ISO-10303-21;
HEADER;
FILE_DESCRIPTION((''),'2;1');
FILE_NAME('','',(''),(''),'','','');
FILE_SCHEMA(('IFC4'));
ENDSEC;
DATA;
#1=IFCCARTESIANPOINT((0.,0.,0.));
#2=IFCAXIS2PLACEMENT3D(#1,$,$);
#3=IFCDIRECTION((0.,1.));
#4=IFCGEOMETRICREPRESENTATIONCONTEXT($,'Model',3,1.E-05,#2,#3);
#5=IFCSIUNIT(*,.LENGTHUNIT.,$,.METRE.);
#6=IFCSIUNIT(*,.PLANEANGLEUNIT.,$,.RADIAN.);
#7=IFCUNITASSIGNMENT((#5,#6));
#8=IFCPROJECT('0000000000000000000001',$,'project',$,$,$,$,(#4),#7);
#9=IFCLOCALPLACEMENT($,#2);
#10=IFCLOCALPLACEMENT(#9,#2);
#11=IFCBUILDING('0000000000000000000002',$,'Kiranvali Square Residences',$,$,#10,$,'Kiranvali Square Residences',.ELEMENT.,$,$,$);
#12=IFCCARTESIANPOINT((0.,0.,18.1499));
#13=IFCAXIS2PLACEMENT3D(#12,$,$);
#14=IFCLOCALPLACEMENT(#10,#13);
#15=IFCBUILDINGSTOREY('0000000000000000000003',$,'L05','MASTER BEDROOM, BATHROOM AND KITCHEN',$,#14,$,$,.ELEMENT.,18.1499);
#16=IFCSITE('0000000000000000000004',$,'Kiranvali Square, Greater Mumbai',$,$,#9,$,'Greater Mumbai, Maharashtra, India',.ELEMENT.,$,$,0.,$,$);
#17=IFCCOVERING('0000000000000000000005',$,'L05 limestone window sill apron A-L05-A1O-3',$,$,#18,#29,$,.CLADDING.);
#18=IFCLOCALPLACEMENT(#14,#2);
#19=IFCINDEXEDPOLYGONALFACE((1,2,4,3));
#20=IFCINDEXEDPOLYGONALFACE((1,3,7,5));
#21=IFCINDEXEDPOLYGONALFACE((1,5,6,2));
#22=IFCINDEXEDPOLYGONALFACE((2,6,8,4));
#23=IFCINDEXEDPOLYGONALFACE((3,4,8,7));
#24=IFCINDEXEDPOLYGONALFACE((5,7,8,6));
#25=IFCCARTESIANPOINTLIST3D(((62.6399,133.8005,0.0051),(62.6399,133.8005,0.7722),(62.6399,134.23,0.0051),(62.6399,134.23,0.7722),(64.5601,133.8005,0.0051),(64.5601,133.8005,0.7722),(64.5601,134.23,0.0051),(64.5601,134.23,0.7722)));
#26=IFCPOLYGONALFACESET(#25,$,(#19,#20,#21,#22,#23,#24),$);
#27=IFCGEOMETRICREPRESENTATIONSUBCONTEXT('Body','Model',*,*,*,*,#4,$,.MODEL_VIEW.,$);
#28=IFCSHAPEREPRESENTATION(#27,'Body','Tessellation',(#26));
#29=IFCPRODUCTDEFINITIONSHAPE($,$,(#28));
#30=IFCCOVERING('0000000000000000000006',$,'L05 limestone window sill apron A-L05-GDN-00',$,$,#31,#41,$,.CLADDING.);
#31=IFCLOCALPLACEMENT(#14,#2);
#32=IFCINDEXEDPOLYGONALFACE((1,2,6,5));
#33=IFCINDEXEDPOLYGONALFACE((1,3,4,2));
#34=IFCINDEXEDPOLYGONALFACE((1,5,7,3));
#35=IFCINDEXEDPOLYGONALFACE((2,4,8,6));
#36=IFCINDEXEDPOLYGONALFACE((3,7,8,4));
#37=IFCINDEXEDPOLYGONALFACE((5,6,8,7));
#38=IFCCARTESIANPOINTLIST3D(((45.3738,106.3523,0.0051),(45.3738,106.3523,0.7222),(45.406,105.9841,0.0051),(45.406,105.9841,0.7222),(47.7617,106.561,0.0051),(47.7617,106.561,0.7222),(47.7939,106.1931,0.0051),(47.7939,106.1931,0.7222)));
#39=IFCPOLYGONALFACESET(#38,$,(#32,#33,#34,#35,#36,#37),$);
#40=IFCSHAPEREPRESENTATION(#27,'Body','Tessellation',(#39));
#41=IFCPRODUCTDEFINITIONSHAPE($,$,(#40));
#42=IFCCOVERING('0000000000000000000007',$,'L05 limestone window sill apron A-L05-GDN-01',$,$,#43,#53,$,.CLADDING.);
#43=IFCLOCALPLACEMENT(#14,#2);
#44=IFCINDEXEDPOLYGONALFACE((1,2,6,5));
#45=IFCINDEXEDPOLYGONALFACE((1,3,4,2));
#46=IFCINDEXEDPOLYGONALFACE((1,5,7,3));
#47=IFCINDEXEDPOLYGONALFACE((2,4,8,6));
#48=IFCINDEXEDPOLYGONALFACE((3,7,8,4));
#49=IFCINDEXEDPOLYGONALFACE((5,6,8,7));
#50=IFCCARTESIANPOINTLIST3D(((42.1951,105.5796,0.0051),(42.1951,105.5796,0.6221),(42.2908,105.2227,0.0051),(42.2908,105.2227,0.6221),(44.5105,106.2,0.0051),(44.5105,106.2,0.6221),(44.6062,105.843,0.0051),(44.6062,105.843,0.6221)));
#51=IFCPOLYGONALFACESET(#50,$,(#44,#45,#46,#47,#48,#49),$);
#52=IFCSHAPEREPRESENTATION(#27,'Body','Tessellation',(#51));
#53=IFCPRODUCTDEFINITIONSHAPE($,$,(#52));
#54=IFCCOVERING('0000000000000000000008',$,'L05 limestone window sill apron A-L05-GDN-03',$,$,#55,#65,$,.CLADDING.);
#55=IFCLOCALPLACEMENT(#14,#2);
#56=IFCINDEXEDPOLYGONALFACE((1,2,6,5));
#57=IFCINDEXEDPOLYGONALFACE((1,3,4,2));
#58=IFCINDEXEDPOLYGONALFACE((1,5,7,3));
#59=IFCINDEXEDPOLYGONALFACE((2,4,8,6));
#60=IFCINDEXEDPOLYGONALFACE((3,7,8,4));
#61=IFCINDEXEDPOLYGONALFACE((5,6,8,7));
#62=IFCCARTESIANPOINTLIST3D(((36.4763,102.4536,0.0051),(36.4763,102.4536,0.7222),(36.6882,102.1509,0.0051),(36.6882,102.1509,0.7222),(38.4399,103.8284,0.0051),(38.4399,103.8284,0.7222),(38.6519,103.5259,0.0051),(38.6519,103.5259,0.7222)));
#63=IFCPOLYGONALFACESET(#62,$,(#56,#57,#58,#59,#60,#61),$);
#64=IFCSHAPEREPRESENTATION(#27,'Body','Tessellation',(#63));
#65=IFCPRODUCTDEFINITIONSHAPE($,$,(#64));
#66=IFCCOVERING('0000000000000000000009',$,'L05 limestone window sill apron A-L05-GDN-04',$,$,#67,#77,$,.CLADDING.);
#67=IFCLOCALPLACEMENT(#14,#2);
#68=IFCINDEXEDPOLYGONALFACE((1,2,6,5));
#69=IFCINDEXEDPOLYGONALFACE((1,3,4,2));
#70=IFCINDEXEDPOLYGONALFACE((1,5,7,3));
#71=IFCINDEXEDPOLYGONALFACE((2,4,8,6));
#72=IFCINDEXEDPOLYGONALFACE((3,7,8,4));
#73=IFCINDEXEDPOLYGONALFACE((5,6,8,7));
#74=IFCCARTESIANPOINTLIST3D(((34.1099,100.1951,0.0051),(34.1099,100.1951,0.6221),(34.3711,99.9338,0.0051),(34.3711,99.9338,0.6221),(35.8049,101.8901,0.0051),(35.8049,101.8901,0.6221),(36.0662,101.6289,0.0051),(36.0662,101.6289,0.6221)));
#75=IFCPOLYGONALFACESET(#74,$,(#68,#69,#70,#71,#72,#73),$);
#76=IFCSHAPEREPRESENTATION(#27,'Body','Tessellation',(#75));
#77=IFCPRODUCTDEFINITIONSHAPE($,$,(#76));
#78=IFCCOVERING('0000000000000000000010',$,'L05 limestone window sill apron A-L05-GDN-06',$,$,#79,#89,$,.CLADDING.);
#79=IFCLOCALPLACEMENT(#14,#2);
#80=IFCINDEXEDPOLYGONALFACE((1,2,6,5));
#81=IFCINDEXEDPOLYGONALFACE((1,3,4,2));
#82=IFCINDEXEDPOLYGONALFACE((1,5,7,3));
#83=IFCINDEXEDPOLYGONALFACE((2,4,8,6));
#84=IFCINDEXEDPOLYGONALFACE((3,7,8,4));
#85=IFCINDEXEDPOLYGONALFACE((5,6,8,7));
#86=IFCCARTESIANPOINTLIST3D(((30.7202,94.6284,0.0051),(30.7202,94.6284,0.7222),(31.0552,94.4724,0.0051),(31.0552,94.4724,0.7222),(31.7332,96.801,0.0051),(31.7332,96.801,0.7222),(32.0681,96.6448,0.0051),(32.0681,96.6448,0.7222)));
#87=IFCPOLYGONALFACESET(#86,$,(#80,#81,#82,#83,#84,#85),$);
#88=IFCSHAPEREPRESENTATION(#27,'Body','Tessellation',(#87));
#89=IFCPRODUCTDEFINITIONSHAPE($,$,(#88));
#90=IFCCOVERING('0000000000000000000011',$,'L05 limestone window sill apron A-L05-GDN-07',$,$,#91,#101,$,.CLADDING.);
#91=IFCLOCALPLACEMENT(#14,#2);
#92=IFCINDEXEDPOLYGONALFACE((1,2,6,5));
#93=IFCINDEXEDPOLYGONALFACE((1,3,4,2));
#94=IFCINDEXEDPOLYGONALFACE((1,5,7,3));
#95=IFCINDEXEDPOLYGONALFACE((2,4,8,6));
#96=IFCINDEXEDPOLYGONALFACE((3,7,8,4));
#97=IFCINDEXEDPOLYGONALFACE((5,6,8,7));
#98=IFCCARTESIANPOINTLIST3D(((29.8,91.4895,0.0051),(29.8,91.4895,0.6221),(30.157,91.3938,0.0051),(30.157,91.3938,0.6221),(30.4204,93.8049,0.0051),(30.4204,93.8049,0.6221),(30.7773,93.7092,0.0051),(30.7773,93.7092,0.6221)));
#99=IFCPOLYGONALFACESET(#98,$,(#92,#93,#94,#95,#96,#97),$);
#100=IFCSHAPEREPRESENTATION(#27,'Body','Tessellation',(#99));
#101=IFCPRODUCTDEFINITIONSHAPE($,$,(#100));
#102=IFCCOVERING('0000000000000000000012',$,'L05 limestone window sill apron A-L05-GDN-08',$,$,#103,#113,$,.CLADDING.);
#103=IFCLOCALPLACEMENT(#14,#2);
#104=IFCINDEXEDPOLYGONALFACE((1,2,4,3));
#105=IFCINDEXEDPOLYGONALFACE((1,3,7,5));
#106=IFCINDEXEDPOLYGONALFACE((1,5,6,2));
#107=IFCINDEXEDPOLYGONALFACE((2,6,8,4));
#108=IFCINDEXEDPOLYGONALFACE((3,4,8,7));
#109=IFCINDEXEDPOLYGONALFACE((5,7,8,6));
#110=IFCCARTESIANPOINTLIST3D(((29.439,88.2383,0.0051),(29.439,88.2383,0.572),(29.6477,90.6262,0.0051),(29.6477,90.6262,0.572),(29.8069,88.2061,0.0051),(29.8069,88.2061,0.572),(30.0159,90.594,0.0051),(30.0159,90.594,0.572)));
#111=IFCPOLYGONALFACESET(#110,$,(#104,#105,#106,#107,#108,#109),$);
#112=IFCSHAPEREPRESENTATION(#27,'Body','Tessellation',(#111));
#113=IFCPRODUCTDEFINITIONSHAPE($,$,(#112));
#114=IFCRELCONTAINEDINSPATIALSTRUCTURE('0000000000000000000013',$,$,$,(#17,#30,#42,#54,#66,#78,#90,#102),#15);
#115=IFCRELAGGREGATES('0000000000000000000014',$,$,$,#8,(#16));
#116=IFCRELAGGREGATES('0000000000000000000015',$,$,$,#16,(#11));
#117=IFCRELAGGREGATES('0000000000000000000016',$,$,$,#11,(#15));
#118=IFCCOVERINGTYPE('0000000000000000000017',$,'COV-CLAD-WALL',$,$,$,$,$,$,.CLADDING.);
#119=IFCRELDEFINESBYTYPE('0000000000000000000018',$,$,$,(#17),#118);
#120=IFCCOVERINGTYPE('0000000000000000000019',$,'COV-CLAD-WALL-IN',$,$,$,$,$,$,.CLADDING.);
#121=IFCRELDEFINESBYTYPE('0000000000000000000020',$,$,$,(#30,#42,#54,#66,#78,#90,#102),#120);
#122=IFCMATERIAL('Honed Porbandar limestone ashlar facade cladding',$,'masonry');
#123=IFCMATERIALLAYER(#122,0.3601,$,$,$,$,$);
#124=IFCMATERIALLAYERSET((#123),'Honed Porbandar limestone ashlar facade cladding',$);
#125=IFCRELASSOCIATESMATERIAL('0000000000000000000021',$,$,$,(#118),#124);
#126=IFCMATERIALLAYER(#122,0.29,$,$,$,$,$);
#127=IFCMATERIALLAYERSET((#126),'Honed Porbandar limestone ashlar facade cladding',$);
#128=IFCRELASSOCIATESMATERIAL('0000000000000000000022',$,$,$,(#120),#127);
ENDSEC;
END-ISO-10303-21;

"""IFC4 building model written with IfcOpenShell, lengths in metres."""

from ifc_helpers import new_model, si_unit, direction, frame, origin, place, context, subcontext, project, spatial, polyline, outline, extrude, material, layer, layer_set, type_object, element, save


model = new_model("IFC4")

# Units and contexts
model_context = context("Model", 3, precision=1e-05, world=origin(), true_north=direction((0.0, 1.0)))
body_context = subcontext(model_context, "Body", "Model", "MODEL_VIEW")
ifc_project = project(units=[si_unit("LENGTHUNIT", "METRE"), si_unit("PLANEANGLEUNIT", "RADIAN")], contexts=[model_context])

# Site, building, storey
site_placement = place(None, origin())
site = spatial("IfcSite", under=ifc_project, at=site_placement, Name="Kiranvali Square, Greater Mumbai", LongName="Greater Mumbai, Maharashtra, India", CompositionType="ELEMENT", RefElevation=0.0)
building_placement = place(site_placement, origin())
building = spatial("IfcBuilding", under=site, at=building_placement, Name="Kiranvali Square Residences", LongName="Kiranvali Square Residences", CompositionType="ELEMENT")
storey_placement = place(building_placement, frame((0.0, 0.0, 18.1499)))
storey = spatial("IfcBuildingStorey", under=building, at=storey_placement, Name="L05", Description="MASTER BEDROOM, BATHROOM AND KITCHEN", CompositionType="ELEMENT", Elevation=18.1499)

# Coverings
ifc_material = material(Name="Honed Porbandar limestone ashlar facade cladding", Category="masonry")
ifc_layer_1 = layer(ifc_material, 0.3601)
ifc_layer_set_1 = layer_set([ifc_layer_1], Name="Honed Porbandar limestone ashlar facade cladding")
covering_type_1 = type_object("IfcCoveringType", Name="COV-CLAD-WALL", PredefinedType="CLADDING", material=ifc_layer_set_1)
covering_1_placement = place(storey_placement, frame((0.0, 0.0, 0.0051)))
element("IfcCovering", 1, at=covering_1_placement, inside=storey, type_object=covering_type_1, Name="L05 limestone window sill apron A-L05-A1O-3", PredefinedType="CLADDING", context=body_context, shape_type="SweptSolid", body=[
    extrude(outline(polyline([(62.6399, 133.8005), (64.5601, 133.8005), (64.5601, 134.23), (62.6399, 134.23), (62.6399, 133.8005)])), origin(), (0.0, 0.0, 1.0), 0.7671),
])
ifc_layer_2 = layer(ifc_material, 0.29)
ifc_layer_set_2 = layer_set([ifc_layer_2], Name="Honed Porbandar limestone ashlar facade cladding")
covering_type_2 = type_object("IfcCoveringType", Name="COV-CLAD-WALL-IN", PredefinedType="CLADDING", material=ifc_layer_set_2)
covering_2_placement = place(storey_placement, frame((0.0, 0.0, 0.0051)))
element("IfcCovering", 2, at=covering_2_placement, inside=storey, type_object=covering_type_2, Name="L05 limestone window sill apron A-L05-GDN-00", PredefinedType="CLADDING", context=body_context, shape_type="SweptSolid", body=[
    extrude(outline(polyline([(47.7617, 106.561), (45.3738, 106.3523), (45.406, 105.9841), (47.7939, 106.1931), (47.7617, 106.561)])), origin(), (0.0, 0.0, 1.0), 0.717),
])
covering_3_placement = place(storey_placement, frame((0.0, 0.0, 0.0051)))
element("IfcCovering", 3, at=covering_3_placement, inside=storey, type_object=covering_type_2, Name="L05 limestone window sill apron A-L05-GDN-01", PredefinedType="CLADDING", context=body_context, shape_type="SweptSolid", body=[
    extrude(outline(polyline([(44.5105, 106.2), (42.1951, 105.5796), (42.2908, 105.2227), (44.6062, 105.843), (44.5105, 106.2)])), origin(), (0.0, 0.0, 1.0), 0.6169),
])
covering_4_placement = place(storey_placement, frame((0.0, 0.0, 0.0051)))
element("IfcCovering", 4, at=covering_4_placement, inside=storey, type_object=covering_type_2, Name="L05 limestone window sill apron A-L05-GDN-03", PredefinedType="CLADDING", context=body_context, shape_type="SweptSolid", body=[
    extrude(outline(polyline([(38.4399, 103.8284), (36.4763, 102.4536), (36.6882, 102.1509), (38.6519, 103.5259), (38.4399, 103.8284)])), origin(), (0.0, 0.0, 1.0), 0.717),
])
covering_5_placement = place(storey_placement, frame((0.0, 0.0, 0.0051)))
element("IfcCovering", 5, at=covering_5_placement, inside=storey, type_object=covering_type_2, Name="L05 limestone window sill apron A-L05-GDN-04", PredefinedType="CLADDING", context=body_context, shape_type="SweptSolid", body=[
    extrude(outline(polyline([(35.8049, 101.8901), (34.1099, 100.1951), (34.3711, 99.9338), (36.0662, 101.6289), (35.8049, 101.8901)])), origin(), (0.0, 0.0, 1.0), 0.6169),
])
covering_6_placement = place(storey_placement, frame((0.0, 0.0, 0.0051)))
element("IfcCovering", 6, at=covering_6_placement, inside=storey, type_object=covering_type_2, Name="L05 limestone window sill apron A-L05-GDN-06", PredefinedType="CLADDING", context=body_context, shape_type="SweptSolid", body=[
    extrude(outline(polyline([(31.7332, 96.801), (30.7202, 94.6284), (31.0552, 94.4724), (32.0681, 96.6448), (31.7332, 96.801)])), origin(), (0.0, 0.0, 1.0), 0.717),
])
covering_7_placement = place(storey_placement, frame((0.0, 0.0, 0.0051)))
element("IfcCovering", 7, at=covering_7_placement, inside=storey, type_object=covering_type_2, Name="L05 limestone window sill apron A-L05-GDN-07", PredefinedType="CLADDING", context=body_context, shape_type="SweptSolid", body=[
    extrude(outline(polyline([(30.4204, 93.8049), (29.8, 91.4895), (30.157, 91.3938), (30.7773, 93.7092), (30.4204, 93.8049)])), origin(), (0.0, 0.0, 1.0), 0.6169),
])
covering_8_placement = place(storey_placement, frame((0.0, 0.0, 0.0051)))
element("IfcCovering", 8, at=covering_8_placement, inside=storey, type_object=covering_type_2, Name="L05 limestone window sill apron A-L05-GDN-08", PredefinedType="CLADDING", context=body_context, shape_type="SweptSolid", body=[
    extrude(outline(polyline([(29.6477, 90.6262), (29.439, 88.2383), (29.8069, 88.2061), (30.0159, 90.594), (29.6477, 90.6262)])), origin(), (0.0, 0.0, 1.0), 0.5669),
])

save(model, "model.ifc")
